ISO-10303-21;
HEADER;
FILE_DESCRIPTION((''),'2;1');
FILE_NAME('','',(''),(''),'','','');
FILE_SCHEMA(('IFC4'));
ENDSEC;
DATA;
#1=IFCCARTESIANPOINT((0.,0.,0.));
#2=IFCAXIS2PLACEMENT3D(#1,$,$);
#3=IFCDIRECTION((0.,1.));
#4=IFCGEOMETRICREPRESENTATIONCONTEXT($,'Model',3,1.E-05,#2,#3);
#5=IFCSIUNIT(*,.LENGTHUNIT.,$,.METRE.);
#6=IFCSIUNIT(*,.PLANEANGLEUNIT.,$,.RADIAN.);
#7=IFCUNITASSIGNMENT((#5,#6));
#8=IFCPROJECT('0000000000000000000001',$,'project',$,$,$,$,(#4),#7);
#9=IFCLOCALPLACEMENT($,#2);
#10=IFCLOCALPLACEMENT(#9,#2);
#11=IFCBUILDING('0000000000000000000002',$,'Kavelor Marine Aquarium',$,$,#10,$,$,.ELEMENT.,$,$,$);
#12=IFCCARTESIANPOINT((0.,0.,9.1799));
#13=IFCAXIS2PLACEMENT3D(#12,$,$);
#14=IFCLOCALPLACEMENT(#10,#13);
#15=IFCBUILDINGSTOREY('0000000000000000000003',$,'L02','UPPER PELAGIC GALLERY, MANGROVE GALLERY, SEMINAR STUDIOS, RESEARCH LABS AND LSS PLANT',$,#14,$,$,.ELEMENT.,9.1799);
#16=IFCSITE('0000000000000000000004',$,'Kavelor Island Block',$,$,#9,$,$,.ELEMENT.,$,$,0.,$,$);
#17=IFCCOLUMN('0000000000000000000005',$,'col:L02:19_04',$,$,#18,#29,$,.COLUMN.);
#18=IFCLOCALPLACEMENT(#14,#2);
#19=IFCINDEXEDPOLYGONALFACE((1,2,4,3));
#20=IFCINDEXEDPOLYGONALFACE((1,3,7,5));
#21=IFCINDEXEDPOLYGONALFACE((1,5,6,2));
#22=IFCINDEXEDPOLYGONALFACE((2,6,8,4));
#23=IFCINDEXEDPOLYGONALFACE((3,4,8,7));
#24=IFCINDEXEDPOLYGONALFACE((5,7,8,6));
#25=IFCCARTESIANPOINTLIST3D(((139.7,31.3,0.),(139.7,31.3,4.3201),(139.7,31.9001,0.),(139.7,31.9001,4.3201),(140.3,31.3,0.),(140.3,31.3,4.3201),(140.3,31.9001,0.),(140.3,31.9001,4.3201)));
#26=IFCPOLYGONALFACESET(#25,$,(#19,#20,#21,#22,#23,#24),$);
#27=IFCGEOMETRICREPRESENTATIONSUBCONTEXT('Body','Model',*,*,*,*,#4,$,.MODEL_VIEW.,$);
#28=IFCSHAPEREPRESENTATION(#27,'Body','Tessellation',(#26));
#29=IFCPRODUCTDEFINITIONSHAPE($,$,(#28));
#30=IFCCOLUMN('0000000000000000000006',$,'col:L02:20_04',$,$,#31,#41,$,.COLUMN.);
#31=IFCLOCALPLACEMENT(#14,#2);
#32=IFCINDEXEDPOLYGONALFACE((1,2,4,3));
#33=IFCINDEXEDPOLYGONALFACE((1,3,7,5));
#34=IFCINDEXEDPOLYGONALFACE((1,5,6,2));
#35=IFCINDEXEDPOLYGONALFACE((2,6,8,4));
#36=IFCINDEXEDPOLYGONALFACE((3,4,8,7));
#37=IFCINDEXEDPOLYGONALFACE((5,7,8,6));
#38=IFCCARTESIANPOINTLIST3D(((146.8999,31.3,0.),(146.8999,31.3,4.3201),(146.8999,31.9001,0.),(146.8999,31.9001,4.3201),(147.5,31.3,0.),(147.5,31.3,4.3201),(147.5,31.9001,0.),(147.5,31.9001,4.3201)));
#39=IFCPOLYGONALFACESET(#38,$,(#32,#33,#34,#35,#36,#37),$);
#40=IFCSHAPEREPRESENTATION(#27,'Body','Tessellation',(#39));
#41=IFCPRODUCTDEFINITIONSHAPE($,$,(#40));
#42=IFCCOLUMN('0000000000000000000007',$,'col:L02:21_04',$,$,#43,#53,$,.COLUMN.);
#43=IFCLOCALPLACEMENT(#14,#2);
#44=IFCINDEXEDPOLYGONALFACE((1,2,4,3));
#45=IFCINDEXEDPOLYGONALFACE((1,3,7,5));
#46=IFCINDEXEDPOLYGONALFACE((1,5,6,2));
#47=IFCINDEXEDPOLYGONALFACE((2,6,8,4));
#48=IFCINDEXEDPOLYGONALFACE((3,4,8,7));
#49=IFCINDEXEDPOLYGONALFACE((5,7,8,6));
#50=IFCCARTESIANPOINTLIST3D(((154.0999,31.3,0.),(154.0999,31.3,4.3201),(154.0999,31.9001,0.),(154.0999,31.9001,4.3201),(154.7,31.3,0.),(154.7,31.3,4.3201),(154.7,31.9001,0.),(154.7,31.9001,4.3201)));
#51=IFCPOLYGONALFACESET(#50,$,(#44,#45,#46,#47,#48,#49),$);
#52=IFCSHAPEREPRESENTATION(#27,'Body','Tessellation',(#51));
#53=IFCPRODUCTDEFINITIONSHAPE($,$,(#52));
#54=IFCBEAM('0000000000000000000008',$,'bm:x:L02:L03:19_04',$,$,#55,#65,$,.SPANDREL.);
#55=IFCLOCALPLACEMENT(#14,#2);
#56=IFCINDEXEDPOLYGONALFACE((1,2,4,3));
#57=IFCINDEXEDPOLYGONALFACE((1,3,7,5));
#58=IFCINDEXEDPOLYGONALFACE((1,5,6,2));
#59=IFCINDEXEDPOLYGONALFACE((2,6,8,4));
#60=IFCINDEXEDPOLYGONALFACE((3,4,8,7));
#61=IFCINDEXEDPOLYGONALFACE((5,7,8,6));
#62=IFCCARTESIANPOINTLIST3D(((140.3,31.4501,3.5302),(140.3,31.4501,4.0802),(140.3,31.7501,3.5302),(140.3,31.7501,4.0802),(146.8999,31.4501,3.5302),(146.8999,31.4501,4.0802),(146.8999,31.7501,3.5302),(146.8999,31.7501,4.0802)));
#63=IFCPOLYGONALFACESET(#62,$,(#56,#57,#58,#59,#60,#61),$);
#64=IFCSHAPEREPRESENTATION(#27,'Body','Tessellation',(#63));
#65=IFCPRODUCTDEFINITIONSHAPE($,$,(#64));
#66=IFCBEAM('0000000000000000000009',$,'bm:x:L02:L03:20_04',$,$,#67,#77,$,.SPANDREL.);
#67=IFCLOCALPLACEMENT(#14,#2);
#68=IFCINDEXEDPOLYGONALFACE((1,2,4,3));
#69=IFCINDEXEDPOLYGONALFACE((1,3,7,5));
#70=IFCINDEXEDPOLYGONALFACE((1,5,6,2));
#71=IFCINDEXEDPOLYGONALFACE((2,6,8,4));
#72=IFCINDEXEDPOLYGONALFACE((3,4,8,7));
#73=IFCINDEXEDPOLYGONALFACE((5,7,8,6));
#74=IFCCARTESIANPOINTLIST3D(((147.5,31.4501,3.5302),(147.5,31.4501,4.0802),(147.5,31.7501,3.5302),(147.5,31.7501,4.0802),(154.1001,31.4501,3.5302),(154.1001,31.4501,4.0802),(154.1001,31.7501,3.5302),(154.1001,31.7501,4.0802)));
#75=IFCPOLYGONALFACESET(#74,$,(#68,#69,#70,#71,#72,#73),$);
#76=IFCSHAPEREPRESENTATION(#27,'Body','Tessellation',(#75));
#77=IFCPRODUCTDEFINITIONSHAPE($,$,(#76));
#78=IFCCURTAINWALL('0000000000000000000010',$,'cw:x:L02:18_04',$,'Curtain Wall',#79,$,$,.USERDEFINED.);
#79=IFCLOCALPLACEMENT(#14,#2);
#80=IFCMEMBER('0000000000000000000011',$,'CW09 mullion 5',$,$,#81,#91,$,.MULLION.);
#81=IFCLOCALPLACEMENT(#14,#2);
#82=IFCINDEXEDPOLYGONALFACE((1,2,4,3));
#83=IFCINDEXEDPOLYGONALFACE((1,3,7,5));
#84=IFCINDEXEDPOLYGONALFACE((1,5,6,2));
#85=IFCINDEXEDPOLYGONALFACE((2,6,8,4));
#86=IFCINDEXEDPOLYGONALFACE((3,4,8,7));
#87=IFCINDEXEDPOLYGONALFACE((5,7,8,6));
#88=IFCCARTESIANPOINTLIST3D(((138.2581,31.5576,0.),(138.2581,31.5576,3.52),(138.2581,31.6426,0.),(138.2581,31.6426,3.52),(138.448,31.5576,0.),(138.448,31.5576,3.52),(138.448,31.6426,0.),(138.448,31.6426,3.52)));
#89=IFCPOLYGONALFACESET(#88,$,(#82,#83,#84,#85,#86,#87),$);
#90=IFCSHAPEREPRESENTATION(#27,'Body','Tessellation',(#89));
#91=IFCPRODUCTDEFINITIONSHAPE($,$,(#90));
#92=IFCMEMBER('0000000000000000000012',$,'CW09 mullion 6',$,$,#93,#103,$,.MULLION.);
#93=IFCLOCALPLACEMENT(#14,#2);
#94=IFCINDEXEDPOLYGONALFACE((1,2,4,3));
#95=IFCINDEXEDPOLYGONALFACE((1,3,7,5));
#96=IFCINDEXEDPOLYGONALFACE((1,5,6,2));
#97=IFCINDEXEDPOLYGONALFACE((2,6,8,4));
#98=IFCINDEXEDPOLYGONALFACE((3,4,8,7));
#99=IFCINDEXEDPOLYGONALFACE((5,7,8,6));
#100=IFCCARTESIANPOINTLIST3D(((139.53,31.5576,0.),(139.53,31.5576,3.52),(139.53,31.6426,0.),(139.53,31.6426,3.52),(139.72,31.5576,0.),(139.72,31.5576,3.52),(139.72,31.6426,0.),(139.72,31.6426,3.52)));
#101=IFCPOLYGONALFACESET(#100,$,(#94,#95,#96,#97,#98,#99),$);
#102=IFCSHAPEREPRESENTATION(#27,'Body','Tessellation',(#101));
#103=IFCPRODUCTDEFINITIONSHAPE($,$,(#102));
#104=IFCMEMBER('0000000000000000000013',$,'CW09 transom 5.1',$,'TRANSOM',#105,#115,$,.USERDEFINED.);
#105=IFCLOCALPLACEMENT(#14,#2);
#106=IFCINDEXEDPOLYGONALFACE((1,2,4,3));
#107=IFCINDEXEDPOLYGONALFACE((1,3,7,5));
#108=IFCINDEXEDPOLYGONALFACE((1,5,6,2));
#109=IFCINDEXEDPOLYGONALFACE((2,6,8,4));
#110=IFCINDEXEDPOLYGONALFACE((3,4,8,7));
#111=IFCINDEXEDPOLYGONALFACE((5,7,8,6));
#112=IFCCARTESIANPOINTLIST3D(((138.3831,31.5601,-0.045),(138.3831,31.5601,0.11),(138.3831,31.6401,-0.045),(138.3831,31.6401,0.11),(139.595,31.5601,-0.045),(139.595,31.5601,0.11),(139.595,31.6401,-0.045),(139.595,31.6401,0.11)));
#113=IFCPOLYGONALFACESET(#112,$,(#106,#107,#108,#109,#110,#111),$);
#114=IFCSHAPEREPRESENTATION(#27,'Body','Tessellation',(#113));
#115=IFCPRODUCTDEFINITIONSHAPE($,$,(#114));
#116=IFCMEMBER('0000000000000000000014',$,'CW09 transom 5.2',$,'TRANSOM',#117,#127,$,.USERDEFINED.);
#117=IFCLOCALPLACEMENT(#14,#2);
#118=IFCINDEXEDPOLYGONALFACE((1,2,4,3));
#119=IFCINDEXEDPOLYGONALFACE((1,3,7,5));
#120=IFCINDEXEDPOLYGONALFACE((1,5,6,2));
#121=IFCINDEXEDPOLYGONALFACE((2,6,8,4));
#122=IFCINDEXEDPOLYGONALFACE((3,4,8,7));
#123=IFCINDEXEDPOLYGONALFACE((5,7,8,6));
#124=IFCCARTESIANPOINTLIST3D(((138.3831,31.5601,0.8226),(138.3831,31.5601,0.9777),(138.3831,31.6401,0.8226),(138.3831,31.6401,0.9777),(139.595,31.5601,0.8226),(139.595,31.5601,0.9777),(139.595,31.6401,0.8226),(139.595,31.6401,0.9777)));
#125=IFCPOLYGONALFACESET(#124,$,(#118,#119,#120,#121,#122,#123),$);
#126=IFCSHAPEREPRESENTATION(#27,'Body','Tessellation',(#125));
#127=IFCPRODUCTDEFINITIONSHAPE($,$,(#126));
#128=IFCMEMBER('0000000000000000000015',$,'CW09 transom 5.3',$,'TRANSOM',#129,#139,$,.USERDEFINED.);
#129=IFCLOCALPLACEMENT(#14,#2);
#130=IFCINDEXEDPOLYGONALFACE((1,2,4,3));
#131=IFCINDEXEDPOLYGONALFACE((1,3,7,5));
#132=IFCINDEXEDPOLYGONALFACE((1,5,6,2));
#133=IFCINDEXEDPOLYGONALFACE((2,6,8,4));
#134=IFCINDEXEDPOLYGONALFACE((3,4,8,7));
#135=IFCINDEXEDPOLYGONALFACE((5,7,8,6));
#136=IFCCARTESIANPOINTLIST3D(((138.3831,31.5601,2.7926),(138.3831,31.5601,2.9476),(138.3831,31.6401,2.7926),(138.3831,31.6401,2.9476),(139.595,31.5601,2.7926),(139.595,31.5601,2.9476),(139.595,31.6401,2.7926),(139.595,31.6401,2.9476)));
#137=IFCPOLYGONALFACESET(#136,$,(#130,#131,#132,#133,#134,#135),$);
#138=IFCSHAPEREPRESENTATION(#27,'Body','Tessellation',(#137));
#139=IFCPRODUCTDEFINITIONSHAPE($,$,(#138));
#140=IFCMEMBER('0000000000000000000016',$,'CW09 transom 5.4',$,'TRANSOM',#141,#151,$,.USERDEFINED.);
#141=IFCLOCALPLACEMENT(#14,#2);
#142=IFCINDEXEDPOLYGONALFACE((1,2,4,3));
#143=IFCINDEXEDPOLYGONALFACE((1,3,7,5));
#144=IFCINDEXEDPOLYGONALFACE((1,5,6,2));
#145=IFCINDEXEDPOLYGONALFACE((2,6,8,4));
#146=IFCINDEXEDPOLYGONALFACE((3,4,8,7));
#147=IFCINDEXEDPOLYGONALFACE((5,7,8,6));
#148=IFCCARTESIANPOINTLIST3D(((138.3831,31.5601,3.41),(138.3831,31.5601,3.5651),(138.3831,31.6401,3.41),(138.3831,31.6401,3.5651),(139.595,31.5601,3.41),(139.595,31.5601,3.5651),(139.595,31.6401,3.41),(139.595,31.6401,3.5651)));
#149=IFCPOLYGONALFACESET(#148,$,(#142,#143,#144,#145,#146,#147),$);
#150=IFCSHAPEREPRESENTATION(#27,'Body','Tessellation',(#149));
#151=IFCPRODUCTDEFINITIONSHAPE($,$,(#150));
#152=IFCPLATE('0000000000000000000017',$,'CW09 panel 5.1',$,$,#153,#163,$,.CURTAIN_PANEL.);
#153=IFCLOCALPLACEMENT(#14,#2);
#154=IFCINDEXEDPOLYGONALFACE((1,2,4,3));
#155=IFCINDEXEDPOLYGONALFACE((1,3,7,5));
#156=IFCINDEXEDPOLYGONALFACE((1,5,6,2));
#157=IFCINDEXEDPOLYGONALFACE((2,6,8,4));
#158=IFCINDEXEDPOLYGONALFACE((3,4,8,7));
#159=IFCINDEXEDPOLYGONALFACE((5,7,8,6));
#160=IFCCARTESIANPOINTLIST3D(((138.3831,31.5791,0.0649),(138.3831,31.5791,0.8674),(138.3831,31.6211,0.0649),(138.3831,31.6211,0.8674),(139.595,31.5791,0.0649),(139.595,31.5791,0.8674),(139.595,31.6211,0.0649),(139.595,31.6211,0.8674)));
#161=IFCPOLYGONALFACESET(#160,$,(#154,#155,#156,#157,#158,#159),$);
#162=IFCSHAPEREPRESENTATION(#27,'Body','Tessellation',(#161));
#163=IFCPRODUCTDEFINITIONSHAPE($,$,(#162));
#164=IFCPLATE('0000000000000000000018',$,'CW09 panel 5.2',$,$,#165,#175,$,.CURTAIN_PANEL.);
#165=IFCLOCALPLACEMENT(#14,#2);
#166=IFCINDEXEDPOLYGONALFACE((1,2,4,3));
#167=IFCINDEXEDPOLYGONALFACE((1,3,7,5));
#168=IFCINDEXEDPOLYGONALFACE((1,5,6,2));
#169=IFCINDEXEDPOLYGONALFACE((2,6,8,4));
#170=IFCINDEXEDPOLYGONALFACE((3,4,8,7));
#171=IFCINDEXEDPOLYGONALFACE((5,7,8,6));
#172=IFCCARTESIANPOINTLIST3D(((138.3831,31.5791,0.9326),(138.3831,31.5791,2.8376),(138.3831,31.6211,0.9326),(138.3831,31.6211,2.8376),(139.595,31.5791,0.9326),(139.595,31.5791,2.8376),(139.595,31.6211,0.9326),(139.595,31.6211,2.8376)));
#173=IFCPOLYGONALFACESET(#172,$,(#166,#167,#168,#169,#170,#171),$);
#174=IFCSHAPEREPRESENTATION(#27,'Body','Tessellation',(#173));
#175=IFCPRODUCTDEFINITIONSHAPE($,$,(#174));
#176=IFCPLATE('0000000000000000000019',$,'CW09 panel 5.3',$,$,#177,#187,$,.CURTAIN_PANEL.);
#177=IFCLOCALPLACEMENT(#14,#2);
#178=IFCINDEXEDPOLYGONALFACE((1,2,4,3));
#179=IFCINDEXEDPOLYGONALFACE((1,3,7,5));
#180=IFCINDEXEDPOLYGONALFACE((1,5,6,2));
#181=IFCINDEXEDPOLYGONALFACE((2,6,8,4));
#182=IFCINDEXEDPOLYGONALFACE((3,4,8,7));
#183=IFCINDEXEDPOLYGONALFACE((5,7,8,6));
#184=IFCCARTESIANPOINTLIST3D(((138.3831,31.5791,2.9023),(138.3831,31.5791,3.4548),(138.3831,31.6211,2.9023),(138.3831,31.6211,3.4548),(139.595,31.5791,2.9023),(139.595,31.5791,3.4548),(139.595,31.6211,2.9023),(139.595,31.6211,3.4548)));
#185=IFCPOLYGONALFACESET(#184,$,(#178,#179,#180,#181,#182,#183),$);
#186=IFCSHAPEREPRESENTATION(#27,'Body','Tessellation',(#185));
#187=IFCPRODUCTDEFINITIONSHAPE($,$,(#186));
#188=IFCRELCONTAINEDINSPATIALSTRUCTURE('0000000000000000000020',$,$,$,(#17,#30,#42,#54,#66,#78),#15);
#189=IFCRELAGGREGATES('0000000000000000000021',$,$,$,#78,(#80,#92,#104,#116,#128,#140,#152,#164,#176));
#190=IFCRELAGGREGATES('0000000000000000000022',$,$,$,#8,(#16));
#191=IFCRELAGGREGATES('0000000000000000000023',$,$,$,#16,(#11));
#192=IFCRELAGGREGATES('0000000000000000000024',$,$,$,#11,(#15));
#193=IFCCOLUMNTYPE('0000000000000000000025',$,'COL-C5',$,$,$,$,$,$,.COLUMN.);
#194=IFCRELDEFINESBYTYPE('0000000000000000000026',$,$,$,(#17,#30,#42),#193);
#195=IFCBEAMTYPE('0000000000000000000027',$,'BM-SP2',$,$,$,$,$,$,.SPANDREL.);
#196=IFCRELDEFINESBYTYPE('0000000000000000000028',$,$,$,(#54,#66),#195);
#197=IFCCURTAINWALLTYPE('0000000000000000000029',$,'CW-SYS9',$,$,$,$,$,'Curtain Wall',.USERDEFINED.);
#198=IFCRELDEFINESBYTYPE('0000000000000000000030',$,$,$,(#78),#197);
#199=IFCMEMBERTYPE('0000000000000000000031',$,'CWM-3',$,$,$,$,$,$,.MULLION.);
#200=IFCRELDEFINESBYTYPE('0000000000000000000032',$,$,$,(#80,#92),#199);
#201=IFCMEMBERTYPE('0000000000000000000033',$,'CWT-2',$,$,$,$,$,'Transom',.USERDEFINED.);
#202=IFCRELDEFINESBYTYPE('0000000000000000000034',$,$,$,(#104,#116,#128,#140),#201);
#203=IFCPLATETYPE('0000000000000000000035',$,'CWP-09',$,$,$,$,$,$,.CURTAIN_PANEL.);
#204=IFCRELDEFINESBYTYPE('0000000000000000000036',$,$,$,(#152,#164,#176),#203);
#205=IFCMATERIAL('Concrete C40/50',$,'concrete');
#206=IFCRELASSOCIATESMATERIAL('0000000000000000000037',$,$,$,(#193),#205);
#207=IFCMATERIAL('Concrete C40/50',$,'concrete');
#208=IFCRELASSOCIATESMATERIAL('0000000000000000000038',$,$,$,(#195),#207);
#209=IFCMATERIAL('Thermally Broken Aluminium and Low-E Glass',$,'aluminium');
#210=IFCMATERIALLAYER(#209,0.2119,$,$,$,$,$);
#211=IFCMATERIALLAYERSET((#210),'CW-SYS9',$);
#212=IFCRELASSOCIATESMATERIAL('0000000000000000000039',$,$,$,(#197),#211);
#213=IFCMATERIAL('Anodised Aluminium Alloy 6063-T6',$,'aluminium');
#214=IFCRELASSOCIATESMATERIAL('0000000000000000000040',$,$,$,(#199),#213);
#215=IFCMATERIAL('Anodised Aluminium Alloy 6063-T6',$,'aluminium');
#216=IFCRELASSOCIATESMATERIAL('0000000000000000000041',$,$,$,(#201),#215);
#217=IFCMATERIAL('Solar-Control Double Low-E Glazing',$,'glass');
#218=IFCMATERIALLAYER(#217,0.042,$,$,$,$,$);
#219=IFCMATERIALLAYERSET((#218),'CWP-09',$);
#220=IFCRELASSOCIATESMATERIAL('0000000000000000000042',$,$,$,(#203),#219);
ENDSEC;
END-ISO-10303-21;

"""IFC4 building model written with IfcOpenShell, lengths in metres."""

from ifc_helpers import new_model, si_unit, direction, frame, origin, origin_2d, place, context, subcontext, project, spatial, rectangle, extrude, material, layer, layer_set, material_profile, profile_set, type_object, element, aggregate, save


model = new_model("IFC4")

# Units and contexts
model_context = context("Model", 3, precision=1e-05, world=origin(), true_north=direction((0.0, 1.0)))
body_context = subcontext(model_context, "Body", "Model", "MODEL_VIEW")
ifc_project = project(units=[si_unit("LENGTHUNIT", "METRE"), si_unit("PLANEANGLEUNIT", "RADIAN")], contexts=[model_context])

# Site, building, storey
site_placement = place(None, origin())
site = spatial("IfcSite", under=ifc_project, at=site_placement, Name="Kavelor Island Block", CompositionType="ELEMENT", RefElevation=0.0)
building_placement = place(site_placement, origin())
building = spatial("IfcBuilding", under=site, at=building_placement, Name="Kavelor Marine Aquarium", CompositionType="ELEMENT")
storey_placement = place(building_placement, frame((0.0, 0.0, 9.1799)))
storey = spatial("IfcBuildingStorey", under=building, at=storey_placement, Name="L02", Description="UPPER PELAGIC GALLERY, MANGROVE GALLERY, SEMINAR STUDIOS, RESEARCH LABS AND LSS PLANT", CompositionType="ELEMENT", Elevation=9.1799)

# Columns
ifc_material_1 = material(Name="Concrete C40/50", Category="concrete")
ifc_material_profile_1 = material_profile(ifc_material_1, rectangle(XDim=0.6001, YDim=0.6001, at=origin_2d()), Name="RC-COL 600x600")
ifc_profile_set_1 = profile_set([ifc_material_profile_1], Name="Concrete C40/50")
column_type = type_object("IfcColumnType", Name="COL-C5", PredefinedType="COLUMN", material=ifc_profile_set_1)
for number, where, z_axis, x_axis, name in (
    (1, (140.0, 31.6001, 0.0), (0.0, 0.0, 1.0), (1.0, 0.0, 0.0), "col:L02:19_04"),
    (2, (147.2, 31.6001, 0.0), (0.0, 0.0, 1.0), (1.0, 0.0, 0.0), "col:L02:20_04"),
    (3, (154.3999, 31.6001, 0.0), (0.0, 0.0, 1.0), (1.0, 0.0, 0.0), "col:L02:21_04"),
):
    element("IfcColumn", number, at=place(storey_placement, frame(where, z_axis=z_axis, x_axis=x_axis)), inside=storey, type_object=column_type, Name=name, PredefinedType="COLUMN", context=body_context, shape_type="SweptSolid", body=[
        extrude(rectangle(XDim=0.6001, YDim=0.6001, at=origin_2d()), origin(), (0.0, 0.0, 1.0), 4.3201),
    ])

# Beams
ifc_material_2 = material(Name="Concrete C40/50", Category="concrete")
ifc_material_profile_2 = material_profile(ifc_material_2, rectangle(XDim=0.3, YDim=0.55, at=origin_2d()), Name="RC-SP 300x550")
ifc_profile_set_2 = profile_set([ifc_material_profile_2], Name="Concrete C40/50")
beam_type = type_object("IfcBeamType", Name="BM-SP2", PredefinedType="SPANDREL", material=ifc_profile_set_2)
beam_1_placement = place(storey_placement, frame((140.3, 31.6001, 3.8052), z_axis=(1.0, 0.0, 0.0), x_axis=(0.0, 1.0, 0.0)))
element("IfcBeam", 4, at=beam_1_placement, inside=storey, type_object=beam_type, Name="bm:x:L02:L03:19_04", PredefinedType="SPANDREL", context=body_context, shape_type="SweptSolid", body=[
    extrude(rectangle(XDim=0.3, YDim=0.55, at=origin_2d()), origin(), (0.0, 0.0, 1.0), 6.5999),
])
beam_2_placement = place(storey_placement, frame((147.5, 31.6001, 3.8052), z_axis=(1.0, 0.0, 0.0), x_axis=(0.0, 1.0, 0.0)))
element("IfcBeam", 5, at=beam_2_placement, inside=storey, type_object=beam_type, Name="bm:x:L02:L03:20_04", PredefinedType="SPANDREL", context=body_context, shape_type="SweptSolid", body=[
    extrude(rectangle(XDim=0.3, YDim=0.55, at=origin_2d()), origin(), (0.0, 0.0, 1.0), 6.6001),
])

# Curtain wall, members, plates
ifc_material_3 = material(Name="Thermally Broken Aluminium and Low-E Glass", Category="aluminium")
ifc_layer_1 = layer(ifc_material_3, 0.2119)
ifc_layer_set_1 = layer_set([ifc_layer_1], Name="CW-SYS9")
curtain_wall_type = type_object("IfcCurtainWallType", Name="CW-SYS9", ElementType="Curtain Wall", PredefinedType="USERDEFINED", material=ifc_layer_set_1)
curtain_wall_placement = place(storey_placement, origin())
curtain_wall = element("IfcCurtainWall", 6, at=curtain_wall_placement, inside=storey, type_object=curtain_wall_type, Name="cw:x:L02:18_04", ObjectType="Curtain Wall", PredefinedType="USERDEFINED")
ifc_material_4 = material(Name="Anodised Aluminium Alloy 6063-T6", Category="aluminium")
ifc_material_profile_3 = material_profile(ifc_material_4, rectangle(XDim=0.085, YDim=0.1899, at=origin_2d()), Name="CW-MUL 85x190")
ifc_profile_set_3 = profile_set([ifc_material_profile_3], Name="Anodised Aluminium Alloy 6063-T6")
member_type_1 = type_object("IfcMemberType", Name="CWM-3", PredefinedType="MULLION", material=ifc_profile_set_3)
member_1_placement = place(storey_placement, frame((138.353, 31.6001, 0.0), z_axis=(0.0, 0.0, 1.0), x_axis=(0.0, 1.0, 0.0)))
member_1 = element("IfcMember", 7, at=member_1_placement, type_object=member_type_1, Name="CW09 mullion 5", PredefinedType="MULLION", context=body_context, shape_type="SweptSolid", body=[
    extrude(rectangle(XDim=0.085, YDim=0.1899, at=origin_2d()), origin(), (0.0, 0.0, 1.0), 3.52),
])
member_2_placement = place(storey_placement, frame((139.625, 31.6001, 0.0), z_axis=(0.0, 0.0, 1.0), x_axis=(0.0, 1.0, 0.0)))
member_2 = element("IfcMember", 8, at=member_2_placement, type_object=member_type_1, Name="CW09 mullion 6", PredefinedType="MULLION", context=body_context, shape_type="SweptSolid", body=[
    extrude(rectangle(XDim=0.085, YDim=0.1899, at=origin_2d()), origin(), (0.0, 0.0, 1.0), 3.52),
])
ifc_material_5 = material(Name="Anodised Aluminium Alloy 6063-T6", Category="aluminium")
ifc_material_profile_4 = material_profile(ifc_material_5, rectangle(XDim=0.0801, YDim=0.155, at=origin_2d()), Name="CW-TRN 80x155")
ifc_profile_set_4 = profile_set([ifc_material_profile_4], Name="Anodised Aluminium Alloy 6063-T6")
member_type_2 = type_object("IfcMemberType", Name="CWT-2", ElementType="Transom", PredefinedType="USERDEFINED", material=ifc_profile_set_4)
member_3_placement = place(storey_placement, frame((138.3831, 31.6001, 0.0325), z_axis=(1.0, 0.0, 0.0), x_axis=(0.0, 1.0, 0.0)))
member_3 = element("IfcMember", 9, at=member_3_placement, type_object=member_type_2, Name="CW09 transom 5.1", ObjectType="TRANSOM", PredefinedType="USERDEFINED", context=body_context, shape_type="SweptSolid", body=[
    extrude(rectangle(XDim=0.0801, YDim=0.155, at=origin_2d()), origin(), (0.0, 0.0, 1.0), 1.2119),
])
member_4_placement = place(storey_placement, frame((138.3831, 31.6001, 0.9001), z_axis=(1.0, 0.0, 0.0), x_axis=(0.0, 1.0, 0.0)))
member_4 = element("IfcMember", 10, at=member_4_placement, type_object=member_type_2, Name="CW09 transom 5.2", ObjectType="TRANSOM", PredefinedType="USERDEFINED", context=body_context, shape_type="SweptSolid", body=[
    extrude(rectangle(XDim=0.0801, YDim=0.155, at=origin_2d()), origin(), (0.0, 0.0, 1.0), 1.2119),
])
member_5_placement = place(storey_placement, frame((138.3831, 31.6001, 2.8701), z_axis=(1.0, 0.0, 0.0), x_axis=(0.0, 1.0, 0.0)))
member_5 = element("IfcMember", 11, at=member_5_placement, type_object=member_type_2, Name="CW09 transom 5.3", ObjectType="TRANSOM", PredefinedType="USERDEFINED", context=body_context, shape_type="SweptSolid", body=[
    extrude(rectangle(XDim=0.0801, YDim=0.155, at=origin_2d()), origin(), (0.0, 0.0, 1.0), 1.2119),
])
member_6_placement = place(storey_placement, frame((138.3831, 31.6001, 3.4875), z_axis=(1.0, 0.0, 0.0), x_axis=(0.0, 1.0, 0.0)))
member_6 = element("IfcMember", 12, at=member_6_placement, type_object=member_type_2, Name="CW09 transom 5.4", ObjectType="TRANSOM", PredefinedType="USERDEFINED", context=body_context, shape_type="SweptSolid", body=[
    extrude(rectangle(XDim=0.0801, YDim=0.155, at=origin_2d()), origin(), (0.0, 0.0, 1.0), 1.2119),
])
ifc_material_6 = material(Name="Solar-Control Double Low-E Glazing", Category="glass")
ifc_layer_2 = layer(ifc_material_6, 0.042)
ifc_layer_set_2 = layer_set([ifc_layer_2], Name="CWP-09")
plate_type = type_object("IfcPlateType", Name="CWP-09", PredefinedType="CURTAIN_PANEL", material=ifc_layer_set_2)
plate_1_placement = place(storey_placement, frame((138.989, 31.6001, 0.0649), z_axis=(0.0, 0.0, 1.0), x_axis=(1.0, 0.0, 0.0)))
plate_1 = element("IfcPlate", 13, at=plate_1_placement, type_object=plate_type, Name="CW09 panel 5.1", PredefinedType="CURTAIN_PANEL", context=body_context, shape_type="SweptSolid", body=[
    extrude(rectangle(XDim=1.2119, YDim=0.042, at=origin_2d()), origin(), (0.0, 0.0, 1.0), 0.8025),
])
plate_2_placement = place(storey_placement, frame((138.989, 31.6001, 0.9326), z_axis=(0.0, 0.0, 1.0), x_axis=(1.0, 0.0, 0.0)))
plate_2 = element("IfcPlate", 14, at=plate_2_placement, type_object=plate_type, Name="CW09 panel 5.2", PredefinedType="CURTAIN_PANEL", context=body_context, shape_type="SweptSolid", body=[
    extrude(rectangle(XDim=1.2119, YDim=0.042, at=origin_2d()), origin(), (0.0, 0.0, 1.0), 1.905),
])
plate_3_placement = place(storey_placement, frame((138.989, 31.6001, 2.9023), z_axis=(0.0, 0.0, 1.0), x_axis=(1.0, 0.0, 0.0)))
plate_3 = element("IfcPlate", 15, at=plate_3_placement, type_object=plate_type, Name="CW09 panel 5.3", PredefinedType="CURTAIN_PANEL", context=body_context, shape_type="SweptSolid", body=[
    extrude(rectangle(XDim=1.2119, YDim=0.042, at=origin_2d()), origin(), (0.0, 0.0, 1.0), 0.5525),
])
aggregate(curtain_wall, [member_1, member_2, member_3, member_4, member_5, member_6, plate_1, plate_2, plate_3])

save(model, "model.ifc")
